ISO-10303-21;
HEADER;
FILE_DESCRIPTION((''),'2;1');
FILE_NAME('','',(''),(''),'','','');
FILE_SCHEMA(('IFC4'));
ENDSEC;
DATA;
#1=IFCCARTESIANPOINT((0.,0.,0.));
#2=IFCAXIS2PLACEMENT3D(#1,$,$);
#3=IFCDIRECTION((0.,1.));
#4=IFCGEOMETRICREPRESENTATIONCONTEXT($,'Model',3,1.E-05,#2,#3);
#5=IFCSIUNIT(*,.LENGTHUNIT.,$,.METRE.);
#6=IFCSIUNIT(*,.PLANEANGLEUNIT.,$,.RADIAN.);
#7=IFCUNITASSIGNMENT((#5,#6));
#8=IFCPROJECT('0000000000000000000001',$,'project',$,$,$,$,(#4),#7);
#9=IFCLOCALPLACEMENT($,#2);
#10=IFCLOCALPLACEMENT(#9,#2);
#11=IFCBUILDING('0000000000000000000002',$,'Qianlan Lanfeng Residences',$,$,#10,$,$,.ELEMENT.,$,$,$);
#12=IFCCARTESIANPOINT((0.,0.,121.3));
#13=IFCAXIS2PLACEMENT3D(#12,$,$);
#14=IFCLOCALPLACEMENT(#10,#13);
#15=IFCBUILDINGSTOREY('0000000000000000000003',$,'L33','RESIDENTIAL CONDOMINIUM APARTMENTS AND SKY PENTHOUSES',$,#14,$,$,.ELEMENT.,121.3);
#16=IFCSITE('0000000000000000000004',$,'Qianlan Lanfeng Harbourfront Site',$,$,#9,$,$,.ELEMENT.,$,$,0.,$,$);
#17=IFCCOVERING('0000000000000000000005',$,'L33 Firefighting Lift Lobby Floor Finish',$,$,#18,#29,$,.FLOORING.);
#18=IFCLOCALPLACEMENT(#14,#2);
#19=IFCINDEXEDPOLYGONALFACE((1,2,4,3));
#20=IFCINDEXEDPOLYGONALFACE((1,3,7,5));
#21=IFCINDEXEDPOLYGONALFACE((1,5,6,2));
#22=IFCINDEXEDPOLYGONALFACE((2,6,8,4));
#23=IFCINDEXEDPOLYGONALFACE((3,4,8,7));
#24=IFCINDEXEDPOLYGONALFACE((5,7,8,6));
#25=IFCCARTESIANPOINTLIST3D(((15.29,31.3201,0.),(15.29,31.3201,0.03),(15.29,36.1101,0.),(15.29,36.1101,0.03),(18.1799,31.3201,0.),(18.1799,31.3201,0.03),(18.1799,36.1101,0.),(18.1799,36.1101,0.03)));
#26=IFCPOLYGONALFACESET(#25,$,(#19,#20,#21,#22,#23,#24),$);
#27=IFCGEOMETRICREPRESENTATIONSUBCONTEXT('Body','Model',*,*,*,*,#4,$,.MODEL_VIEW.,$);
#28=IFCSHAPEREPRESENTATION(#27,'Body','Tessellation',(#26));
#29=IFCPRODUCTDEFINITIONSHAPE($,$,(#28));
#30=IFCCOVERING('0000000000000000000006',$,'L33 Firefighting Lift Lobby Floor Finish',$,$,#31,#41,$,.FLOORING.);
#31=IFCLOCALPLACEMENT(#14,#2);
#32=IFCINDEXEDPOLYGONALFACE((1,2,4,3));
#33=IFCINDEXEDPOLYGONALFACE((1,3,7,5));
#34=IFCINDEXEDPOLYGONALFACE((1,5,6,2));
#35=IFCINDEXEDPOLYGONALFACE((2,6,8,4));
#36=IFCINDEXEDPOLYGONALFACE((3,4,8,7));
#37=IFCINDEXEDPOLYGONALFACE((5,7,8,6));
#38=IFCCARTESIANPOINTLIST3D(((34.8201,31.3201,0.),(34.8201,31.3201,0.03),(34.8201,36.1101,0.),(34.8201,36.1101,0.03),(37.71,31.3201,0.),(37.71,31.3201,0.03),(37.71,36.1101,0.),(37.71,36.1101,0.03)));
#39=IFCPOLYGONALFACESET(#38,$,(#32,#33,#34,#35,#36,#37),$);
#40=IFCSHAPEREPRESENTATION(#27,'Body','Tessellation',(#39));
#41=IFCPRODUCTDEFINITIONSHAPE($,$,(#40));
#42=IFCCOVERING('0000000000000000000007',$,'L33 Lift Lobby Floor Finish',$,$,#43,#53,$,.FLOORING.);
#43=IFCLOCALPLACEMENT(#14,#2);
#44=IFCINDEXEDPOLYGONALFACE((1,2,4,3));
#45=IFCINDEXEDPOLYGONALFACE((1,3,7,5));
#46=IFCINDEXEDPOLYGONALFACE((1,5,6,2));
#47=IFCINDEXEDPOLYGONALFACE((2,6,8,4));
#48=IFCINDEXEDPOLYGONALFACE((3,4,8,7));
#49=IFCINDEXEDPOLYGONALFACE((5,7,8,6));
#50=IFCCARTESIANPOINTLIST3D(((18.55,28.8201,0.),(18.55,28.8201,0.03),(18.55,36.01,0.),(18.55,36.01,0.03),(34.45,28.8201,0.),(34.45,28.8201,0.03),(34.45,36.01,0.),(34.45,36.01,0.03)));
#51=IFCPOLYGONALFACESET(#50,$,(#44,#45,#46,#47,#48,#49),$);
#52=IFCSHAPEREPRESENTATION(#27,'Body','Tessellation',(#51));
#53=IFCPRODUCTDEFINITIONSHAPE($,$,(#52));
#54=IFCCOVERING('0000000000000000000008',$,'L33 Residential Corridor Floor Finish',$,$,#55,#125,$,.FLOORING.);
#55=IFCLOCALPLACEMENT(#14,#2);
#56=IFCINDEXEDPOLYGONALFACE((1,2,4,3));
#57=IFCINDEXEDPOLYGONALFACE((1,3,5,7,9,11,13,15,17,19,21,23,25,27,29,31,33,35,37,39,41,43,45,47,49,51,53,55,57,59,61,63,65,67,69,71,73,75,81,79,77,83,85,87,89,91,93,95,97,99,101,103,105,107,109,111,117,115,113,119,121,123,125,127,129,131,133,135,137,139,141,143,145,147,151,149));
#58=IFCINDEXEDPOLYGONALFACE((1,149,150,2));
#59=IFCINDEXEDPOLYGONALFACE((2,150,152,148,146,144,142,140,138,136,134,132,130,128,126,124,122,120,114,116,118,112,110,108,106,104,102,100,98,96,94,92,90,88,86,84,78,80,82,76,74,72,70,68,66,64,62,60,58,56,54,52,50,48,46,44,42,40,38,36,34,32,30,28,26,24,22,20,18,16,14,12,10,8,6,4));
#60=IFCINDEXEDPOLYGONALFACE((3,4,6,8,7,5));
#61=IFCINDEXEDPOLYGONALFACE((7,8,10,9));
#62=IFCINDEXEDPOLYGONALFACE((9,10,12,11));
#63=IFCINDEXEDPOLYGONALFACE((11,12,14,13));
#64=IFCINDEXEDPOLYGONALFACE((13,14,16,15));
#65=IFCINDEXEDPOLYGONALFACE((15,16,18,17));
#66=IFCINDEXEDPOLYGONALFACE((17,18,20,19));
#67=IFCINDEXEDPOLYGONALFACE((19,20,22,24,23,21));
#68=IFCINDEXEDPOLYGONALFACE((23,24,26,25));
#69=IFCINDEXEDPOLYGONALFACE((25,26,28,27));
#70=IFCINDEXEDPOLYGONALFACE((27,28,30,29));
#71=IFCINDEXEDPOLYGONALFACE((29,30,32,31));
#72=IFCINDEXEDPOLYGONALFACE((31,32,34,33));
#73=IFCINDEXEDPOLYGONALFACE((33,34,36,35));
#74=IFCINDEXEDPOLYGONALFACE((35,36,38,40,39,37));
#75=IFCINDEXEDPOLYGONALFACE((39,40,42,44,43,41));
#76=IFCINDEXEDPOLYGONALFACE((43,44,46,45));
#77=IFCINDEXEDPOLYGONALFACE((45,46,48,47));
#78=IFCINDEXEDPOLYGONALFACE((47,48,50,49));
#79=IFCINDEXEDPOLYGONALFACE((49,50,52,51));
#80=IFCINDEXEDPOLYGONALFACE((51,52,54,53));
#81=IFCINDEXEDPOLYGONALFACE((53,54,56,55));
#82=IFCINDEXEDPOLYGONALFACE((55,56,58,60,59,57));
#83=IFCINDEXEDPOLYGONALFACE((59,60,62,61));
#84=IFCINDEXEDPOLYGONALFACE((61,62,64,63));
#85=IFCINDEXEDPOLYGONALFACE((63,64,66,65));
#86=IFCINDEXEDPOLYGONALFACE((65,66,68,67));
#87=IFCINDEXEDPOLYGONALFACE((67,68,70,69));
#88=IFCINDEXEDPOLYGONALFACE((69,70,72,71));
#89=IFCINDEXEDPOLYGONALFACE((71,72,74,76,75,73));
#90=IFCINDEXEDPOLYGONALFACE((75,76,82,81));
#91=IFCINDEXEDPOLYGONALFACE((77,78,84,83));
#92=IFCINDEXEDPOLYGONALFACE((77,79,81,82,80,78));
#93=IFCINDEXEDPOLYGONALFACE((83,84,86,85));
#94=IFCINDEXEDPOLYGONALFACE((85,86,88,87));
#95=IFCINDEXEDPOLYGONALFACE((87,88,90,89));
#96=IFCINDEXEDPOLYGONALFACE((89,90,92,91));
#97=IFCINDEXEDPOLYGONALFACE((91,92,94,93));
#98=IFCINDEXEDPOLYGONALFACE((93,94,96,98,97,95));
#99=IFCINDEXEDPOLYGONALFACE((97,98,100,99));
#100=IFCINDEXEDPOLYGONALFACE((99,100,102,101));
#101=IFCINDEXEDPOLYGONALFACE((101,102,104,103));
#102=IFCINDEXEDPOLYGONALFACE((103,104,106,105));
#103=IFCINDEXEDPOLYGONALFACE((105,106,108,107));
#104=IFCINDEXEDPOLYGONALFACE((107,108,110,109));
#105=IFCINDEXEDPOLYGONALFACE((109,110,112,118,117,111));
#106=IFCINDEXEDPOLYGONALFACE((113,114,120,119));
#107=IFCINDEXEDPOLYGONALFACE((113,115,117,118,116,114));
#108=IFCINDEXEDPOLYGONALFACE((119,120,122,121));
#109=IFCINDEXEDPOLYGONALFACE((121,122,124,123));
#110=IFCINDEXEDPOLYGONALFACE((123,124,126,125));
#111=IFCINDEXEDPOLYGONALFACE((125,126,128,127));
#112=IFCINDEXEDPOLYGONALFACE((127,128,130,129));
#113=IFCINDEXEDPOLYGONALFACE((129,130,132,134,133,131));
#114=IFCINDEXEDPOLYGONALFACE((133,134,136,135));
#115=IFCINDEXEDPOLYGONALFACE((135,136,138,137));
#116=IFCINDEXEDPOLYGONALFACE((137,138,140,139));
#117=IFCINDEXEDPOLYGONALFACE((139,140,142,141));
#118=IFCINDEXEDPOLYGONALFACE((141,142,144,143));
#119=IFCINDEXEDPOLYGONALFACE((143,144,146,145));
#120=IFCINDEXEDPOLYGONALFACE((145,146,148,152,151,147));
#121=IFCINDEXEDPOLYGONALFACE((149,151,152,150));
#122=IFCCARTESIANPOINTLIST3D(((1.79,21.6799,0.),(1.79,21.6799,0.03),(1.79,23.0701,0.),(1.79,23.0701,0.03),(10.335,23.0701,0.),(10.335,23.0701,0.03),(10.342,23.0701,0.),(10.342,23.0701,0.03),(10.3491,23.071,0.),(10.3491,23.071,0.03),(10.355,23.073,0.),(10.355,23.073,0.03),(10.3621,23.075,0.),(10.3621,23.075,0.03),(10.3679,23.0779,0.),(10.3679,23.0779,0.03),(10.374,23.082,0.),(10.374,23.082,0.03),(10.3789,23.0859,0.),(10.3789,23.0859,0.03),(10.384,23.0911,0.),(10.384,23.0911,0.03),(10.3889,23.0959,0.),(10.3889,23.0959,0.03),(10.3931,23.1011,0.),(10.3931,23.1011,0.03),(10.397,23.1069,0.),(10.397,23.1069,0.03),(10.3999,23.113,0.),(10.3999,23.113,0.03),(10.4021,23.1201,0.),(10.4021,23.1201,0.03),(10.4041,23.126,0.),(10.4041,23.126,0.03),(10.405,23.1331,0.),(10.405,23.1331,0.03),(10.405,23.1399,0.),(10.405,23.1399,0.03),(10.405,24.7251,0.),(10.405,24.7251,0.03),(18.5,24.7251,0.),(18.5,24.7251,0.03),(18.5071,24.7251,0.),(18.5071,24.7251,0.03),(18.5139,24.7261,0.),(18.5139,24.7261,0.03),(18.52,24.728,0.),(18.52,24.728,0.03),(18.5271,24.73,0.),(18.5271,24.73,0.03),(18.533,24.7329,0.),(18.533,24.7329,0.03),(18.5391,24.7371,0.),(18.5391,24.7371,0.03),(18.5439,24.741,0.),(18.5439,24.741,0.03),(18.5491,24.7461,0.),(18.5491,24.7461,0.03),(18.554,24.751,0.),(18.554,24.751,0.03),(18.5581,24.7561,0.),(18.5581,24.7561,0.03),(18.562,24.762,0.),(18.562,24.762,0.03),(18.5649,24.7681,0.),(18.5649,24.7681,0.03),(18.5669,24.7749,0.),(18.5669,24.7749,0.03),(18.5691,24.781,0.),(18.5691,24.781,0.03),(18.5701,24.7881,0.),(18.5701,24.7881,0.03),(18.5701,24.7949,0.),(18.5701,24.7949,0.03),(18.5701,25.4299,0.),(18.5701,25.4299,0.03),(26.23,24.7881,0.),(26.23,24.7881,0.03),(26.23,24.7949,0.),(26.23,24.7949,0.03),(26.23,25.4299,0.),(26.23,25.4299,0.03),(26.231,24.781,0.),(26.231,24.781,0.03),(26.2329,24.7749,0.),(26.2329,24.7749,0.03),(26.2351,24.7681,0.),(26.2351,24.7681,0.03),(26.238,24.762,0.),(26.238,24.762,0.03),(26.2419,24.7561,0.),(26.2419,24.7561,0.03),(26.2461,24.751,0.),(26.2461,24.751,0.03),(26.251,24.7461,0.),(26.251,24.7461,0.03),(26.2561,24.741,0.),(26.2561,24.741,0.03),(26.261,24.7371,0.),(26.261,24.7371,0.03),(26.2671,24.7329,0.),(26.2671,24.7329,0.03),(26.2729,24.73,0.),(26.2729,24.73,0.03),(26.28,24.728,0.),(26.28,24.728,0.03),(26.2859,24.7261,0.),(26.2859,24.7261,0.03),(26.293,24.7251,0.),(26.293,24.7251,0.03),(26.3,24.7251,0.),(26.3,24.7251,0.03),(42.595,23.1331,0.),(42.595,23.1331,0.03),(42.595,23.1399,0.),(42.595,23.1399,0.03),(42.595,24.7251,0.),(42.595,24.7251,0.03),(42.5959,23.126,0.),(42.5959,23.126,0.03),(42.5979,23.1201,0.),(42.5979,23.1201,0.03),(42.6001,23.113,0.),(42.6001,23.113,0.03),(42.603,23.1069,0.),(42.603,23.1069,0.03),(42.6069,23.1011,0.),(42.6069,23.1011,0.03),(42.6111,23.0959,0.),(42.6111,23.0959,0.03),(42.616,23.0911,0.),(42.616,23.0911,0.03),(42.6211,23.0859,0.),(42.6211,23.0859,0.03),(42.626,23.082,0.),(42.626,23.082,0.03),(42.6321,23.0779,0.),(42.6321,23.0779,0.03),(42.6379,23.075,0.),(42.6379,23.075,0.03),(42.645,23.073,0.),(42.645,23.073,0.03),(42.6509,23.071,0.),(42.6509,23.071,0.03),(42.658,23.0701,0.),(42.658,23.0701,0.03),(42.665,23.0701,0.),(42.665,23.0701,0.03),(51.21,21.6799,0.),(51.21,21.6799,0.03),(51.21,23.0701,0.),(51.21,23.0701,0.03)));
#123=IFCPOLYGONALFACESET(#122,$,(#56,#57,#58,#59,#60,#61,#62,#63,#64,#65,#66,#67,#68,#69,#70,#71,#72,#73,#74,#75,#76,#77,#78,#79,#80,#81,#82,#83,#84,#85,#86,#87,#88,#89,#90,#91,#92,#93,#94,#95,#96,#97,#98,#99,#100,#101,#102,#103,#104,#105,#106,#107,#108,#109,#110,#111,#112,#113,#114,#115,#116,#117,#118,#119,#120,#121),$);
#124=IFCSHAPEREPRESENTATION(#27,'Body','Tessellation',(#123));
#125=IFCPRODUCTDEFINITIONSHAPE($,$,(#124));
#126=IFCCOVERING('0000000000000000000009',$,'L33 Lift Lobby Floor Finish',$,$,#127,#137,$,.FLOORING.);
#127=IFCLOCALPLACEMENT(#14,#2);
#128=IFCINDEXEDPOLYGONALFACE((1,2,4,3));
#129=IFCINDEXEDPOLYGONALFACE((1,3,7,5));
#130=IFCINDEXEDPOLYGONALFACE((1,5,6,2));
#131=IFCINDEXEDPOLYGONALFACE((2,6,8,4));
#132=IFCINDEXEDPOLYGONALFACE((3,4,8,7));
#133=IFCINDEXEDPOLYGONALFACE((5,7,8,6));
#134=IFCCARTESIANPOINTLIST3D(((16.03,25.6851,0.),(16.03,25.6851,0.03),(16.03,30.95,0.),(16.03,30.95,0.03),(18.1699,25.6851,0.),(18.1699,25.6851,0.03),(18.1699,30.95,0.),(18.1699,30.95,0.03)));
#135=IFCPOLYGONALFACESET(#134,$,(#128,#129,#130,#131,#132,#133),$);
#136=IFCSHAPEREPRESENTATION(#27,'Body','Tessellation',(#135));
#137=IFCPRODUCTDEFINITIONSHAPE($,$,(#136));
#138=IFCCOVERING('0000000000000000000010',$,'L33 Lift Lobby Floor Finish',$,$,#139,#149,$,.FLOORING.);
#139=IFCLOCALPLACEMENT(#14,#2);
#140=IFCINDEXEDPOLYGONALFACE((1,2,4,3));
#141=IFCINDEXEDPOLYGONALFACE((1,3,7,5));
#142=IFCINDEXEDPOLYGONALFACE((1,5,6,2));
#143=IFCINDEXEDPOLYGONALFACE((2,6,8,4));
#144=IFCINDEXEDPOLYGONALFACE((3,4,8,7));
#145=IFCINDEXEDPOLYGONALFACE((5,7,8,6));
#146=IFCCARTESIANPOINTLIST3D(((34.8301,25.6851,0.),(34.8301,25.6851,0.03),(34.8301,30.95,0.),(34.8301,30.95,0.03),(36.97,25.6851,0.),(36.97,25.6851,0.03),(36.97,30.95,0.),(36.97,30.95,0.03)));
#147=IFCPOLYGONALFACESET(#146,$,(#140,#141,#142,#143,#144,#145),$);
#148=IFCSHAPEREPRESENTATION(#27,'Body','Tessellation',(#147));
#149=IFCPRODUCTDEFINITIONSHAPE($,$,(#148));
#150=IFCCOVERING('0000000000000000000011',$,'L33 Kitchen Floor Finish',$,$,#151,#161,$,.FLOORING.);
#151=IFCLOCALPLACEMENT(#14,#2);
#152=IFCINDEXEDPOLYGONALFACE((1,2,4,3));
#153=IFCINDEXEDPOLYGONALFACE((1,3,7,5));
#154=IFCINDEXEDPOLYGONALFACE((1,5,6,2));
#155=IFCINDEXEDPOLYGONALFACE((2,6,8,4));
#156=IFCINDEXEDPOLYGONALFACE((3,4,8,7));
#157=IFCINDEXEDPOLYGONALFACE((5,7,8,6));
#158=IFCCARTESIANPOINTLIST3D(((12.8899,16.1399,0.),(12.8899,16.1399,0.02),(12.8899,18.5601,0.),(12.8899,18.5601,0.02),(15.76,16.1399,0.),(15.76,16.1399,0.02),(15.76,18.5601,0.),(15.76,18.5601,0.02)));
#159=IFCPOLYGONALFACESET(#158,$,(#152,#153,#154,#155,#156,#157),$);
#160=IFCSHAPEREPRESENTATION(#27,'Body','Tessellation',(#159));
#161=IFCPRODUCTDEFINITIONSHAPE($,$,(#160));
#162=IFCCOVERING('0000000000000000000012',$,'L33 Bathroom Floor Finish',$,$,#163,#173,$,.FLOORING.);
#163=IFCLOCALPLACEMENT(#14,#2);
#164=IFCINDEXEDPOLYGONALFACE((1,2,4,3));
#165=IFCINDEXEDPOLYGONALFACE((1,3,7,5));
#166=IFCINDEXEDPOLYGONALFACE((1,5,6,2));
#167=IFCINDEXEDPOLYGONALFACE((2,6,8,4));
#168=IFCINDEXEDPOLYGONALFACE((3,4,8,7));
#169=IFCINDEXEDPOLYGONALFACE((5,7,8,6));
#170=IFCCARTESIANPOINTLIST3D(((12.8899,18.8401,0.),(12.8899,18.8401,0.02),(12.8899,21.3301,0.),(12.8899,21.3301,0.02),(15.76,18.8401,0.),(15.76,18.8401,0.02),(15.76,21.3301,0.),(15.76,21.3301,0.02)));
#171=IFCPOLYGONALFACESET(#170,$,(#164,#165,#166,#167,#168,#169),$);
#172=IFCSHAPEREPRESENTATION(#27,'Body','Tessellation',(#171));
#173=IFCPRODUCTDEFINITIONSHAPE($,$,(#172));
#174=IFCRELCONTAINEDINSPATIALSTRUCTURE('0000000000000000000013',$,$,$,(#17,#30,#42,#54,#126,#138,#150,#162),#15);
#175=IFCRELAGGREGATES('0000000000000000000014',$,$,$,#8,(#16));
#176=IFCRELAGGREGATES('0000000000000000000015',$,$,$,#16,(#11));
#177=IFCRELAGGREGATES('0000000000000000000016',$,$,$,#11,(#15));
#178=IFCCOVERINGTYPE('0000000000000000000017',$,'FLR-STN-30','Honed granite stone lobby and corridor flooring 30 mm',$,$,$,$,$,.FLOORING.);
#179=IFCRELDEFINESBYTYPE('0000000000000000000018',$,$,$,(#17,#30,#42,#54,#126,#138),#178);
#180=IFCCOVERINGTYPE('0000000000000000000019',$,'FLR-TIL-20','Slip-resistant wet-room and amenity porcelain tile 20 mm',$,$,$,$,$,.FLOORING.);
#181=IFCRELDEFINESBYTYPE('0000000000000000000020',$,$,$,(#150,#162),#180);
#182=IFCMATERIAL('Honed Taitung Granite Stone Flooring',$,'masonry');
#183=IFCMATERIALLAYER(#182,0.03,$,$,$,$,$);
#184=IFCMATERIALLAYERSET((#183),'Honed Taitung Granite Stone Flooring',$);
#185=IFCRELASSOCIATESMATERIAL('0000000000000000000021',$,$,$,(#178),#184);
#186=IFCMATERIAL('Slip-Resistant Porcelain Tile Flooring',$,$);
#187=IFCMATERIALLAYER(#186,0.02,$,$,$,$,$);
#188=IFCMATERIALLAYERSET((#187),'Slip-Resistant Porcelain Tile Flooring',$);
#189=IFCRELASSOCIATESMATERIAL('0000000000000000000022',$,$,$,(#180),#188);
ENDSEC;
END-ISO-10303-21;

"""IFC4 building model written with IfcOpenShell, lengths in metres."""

from ifc_helpers import new_model, si_unit, direction, frame, origin, place, context, subcontext, project, spatial, polyline, outline, extrude, material, layer, layer_set, type_object, element, save


model = new_model("IFC4")

# Units and contexts
model_context = context("Model", 3, precision=1e-05, world=origin(), true_north=direction((0.0, 1.0)))
body_context = subcontext(model_context, "Body", "Model", "MODEL_VIEW")
ifc_project = project(units=[si_unit("LENGTHUNIT", "METRE"), si_unit("PLANEANGLEUNIT", "RADIAN")], contexts=[model_context])

# Site, building, storey
site_placement = place(None, origin())
site = spatial("IfcSite", under=ifc_project, at=site_placement, Name="Qianlan Lanfeng Harbourfront Site", CompositionType="ELEMENT", RefElevation=0.0)
building_placement = place(site_placement, origin())
building = spatial("IfcBuilding", under=site, at=building_placement, Name="Qianlan Lanfeng Residences", CompositionType="ELEMENT")
storey_placement = place(building_placement, frame((0.0, 0.0, 121.3)))
storey = spatial("IfcBuildingStorey", under=building, at=storey_placement, Name="L33", Description="RESIDENTIAL CONDOMINIUM APARTMENTS AND SKY PENTHOUSES", CompositionType="ELEMENT", Elevation=121.3)

# Coverings
ifc_material_1 = material(Name="Honed Taitung Granite Stone Flooring", Category="masonry")
ifc_layer_1 = layer(ifc_material_1, 0.03)
ifc_layer_set_1 = layer_set([ifc_layer_1], Name="Honed Taitung Granite Stone Flooring")
covering_type_1 = type_object("IfcCoveringType", Name="FLR-STN-30", Description="Honed granite stone lobby and corridor flooring 30 mm", PredefinedType="FLOORING", material=ifc_layer_set_1)
covering_1_placement = place(storey_placement, origin())
element("IfcCovering", 1, at=covering_1_placement, inside=storey, type_object=covering_type_1, Name="L33 Firefighting Lift Lobby Floor Finish", PredefinedType="FLOORING", context=body_context, shape_type="SweptSolid", body=[
    extrude(outline(polyline([(15.29, 31.3201), (18.1799, 31.3201), (18.1799, 36.1101), (15.29, 36.1101), (15.29, 31.3201)])), origin(), (0.0, 0.0, 1.0), 0.03),
])
covering_2_placement = place(storey_placement, origin())
element("IfcCovering", 2, at=covering_2_placement, inside=storey, type_object=covering_type_1, Name="L33 Firefighting Lift Lobby Floor Finish", PredefinedType="FLOORING", context=body_context, shape_type="SweptSolid", body=[
    extrude(outline(polyline([(34.8201, 31.3201), (37.71, 31.3201), (37.71, 36.1101), (34.8201, 36.1101), (34.8201, 31.3201)])), origin(), (0.0, 0.0, 1.0), 0.03),
])
covering_3_placement = place(storey_placement, origin())
element("IfcCovering", 3, at=covering_3_placement, inside=storey, type_object=covering_type_1, Name="L33 Lift Lobby Floor Finish", PredefinedType="FLOORING", context=body_context, shape_type="SweptSolid", body=[
    extrude(outline(polyline([(18.55, 28.8201), (34.45, 28.8201), (34.45, 36.01), (18.55, 36.01), (18.55, 28.8201)])), origin(), (0.0, 0.0, 1.0), 0.03),
])
covering_4_placement = place(storey_placement, origin())
element("IfcCovering", 4, at=covering_4_placement, inside=storey, type_object=covering_type_1, Name="L33 Residential Corridor Floor Finish", PredefinedType="FLOORING", context=body_context, shape_type="SweptSolid", body=[
    extrude(outline(polyline([(1.79, 21.6799), (51.21, 21.6799), (51.21, 23.0701), (42.665, 23.0701), (42.658, 23.0701), (42.6509, 23.071), (42.645, 23.073), (42.6379, 23.075), (42.6321, 23.0779), (42.626, 23.082), (42.6211, 23.0859), (42.616, 23.0911), (42.6111, 23.0959), (42.6069, 23.1011), (42.603, 23.1069), (42.6001, 23.113), (42.5979, 23.1201), (42.5959, 23.126), (42.595, 23.1331), (42.595, 23.1399), (42.595, 24.7251), (26.3, 24.7251), (26.293, 24.7251), (26.2859, 24.7261), (26.28, 24.728), (26.2729, 24.73), (26.2671, 24.7329), (26.261, 24.7371), (26.2561, 24.741), (26.251, 24.7461), (26.2461, 24.751), (26.2419, 24.7561), (26.238, 24.762), (26.2351, 24.7681), (26.2329, 24.7749), (26.231, 24.781), (26.23, 24.7881), (26.23, 24.7949), (26.23, 25.4299), (18.5701, 25.4299), (18.5701, 24.7949), (18.5701, 24.7881), (18.5691, 24.781), (18.5669, 24.7749), (18.5649, 24.7681), (18.562, 24.762), (18.5581, 24.7561), (18.554, 24.751), (18.5491, 24.7461), (18.5439, 24.741), (18.5391, 24.7371), (18.533, 24.7329), (18.5271, 24.73), (18.52, 24.728), (18.5139, 24.7261), (18.5071, 24.7251), (18.5, 24.7251), (10.405, 24.7251), (10.405, 23.1399), (10.405, 23.1331), (10.4041, 23.126), (10.4021, 23.1201), (10.3999, 23.113), (10.397, 23.1069), (10.3931, 23.1011), (10.3889, 23.0959), (10.384, 23.0911), (10.3789, 23.0859), (10.374, 23.082), (10.3679, 23.0779), (10.3621, 23.075), (10.355, 23.073), (10.3491, 23.071), (10.342, 23.0701), (10.335, 23.0701), (1.79, 23.0701), (1.79, 21.6799)])), origin(), (0.0, 0.0, 1.0), 0.03),
])
covering_5_placement = place(storey_placement, origin())
element("IfcCovering", 5, at=covering_5_placement, inside=storey, type_object=covering_type_1, Name="L33 Lift Lobby Floor Finish", PredefinedType="FLOORING", context=body_context, shape_type="SweptSolid", body=[
    extrude(outline(polyline([(16.03, 25.6851), (18.1699, 25.6851), (18.1699, 30.95), (16.03, 30.95), (16.03, 25.6851)])), origin(), (0.0, 0.0, 1.0), 0.03),
])
covering_6_placement = place(storey_placement, origin())
element("IfcCovering", 6, at=covering_6_placement, inside=storey, type_object=covering_type_1, Name="L33 Lift Lobby Floor Finish", PredefinedType="FLOORING", context=body_context, shape_type="SweptSolid", body=[
    extrude(outline(polyline([(34.8301, 25.6851), (36.97, 25.6851), (36.97, 30.95), (34.8301, 30.95), (34.8301, 25.6851)])), origin(), (0.0, 0.0, 1.0), 0.03),
])
ifc_material_2 = material(Name="Slip-Resistant Porcelain Tile Flooring")
ifc_layer_2 = layer(ifc_material_2, 0.02)
ifc_layer_set_2 = layer_set([ifc_layer_2], Name="Slip-Resistant Porcelain Tile Flooring")
covering_type_2 = type_object("IfcCoveringType", Name="FLR-TIL-20", Description="Slip-resistant wet-room and amenity porcelain tile 20 mm", PredefinedType="FLOORING", material=ifc_layer_set_2)
covering_7_placement = place(storey_placement, origin())
element("IfcCovering", 7, at=covering_7_placement, inside=storey, type_object=covering_type_2, Name="L33 Kitchen Floor Finish", PredefinedType="FLOORING", context=body_context, shape_type="SweptSolid", body=[
    extrude(outline(polyline([(12.8899, 16.1399), (15.76, 16.1399), (15.76, 18.5601), (12.8899, 18.5601), (12.8899, 16.1399)])), origin(), (0.0, 0.0, 1.0), 0.02),
])
covering_8_placement = place(storey_placement, origin())
element("IfcCovering", 8, at=covering_8_placement, inside=storey, type_object=covering_type_2, Name="L33 Bathroom Floor Finish", PredefinedType="FLOORING", context=body_context, shape_type="SweptSolid", body=[
    extrude(outline(polyline([(12.8899, 18.8401), (15.76, 18.8401), (15.76, 21.3301), (12.8899, 21.3301), (12.8899, 18.8401)])), origin(), (0.0, 0.0, 1.0), 0.02),
])

save(model, "model.ifc")
